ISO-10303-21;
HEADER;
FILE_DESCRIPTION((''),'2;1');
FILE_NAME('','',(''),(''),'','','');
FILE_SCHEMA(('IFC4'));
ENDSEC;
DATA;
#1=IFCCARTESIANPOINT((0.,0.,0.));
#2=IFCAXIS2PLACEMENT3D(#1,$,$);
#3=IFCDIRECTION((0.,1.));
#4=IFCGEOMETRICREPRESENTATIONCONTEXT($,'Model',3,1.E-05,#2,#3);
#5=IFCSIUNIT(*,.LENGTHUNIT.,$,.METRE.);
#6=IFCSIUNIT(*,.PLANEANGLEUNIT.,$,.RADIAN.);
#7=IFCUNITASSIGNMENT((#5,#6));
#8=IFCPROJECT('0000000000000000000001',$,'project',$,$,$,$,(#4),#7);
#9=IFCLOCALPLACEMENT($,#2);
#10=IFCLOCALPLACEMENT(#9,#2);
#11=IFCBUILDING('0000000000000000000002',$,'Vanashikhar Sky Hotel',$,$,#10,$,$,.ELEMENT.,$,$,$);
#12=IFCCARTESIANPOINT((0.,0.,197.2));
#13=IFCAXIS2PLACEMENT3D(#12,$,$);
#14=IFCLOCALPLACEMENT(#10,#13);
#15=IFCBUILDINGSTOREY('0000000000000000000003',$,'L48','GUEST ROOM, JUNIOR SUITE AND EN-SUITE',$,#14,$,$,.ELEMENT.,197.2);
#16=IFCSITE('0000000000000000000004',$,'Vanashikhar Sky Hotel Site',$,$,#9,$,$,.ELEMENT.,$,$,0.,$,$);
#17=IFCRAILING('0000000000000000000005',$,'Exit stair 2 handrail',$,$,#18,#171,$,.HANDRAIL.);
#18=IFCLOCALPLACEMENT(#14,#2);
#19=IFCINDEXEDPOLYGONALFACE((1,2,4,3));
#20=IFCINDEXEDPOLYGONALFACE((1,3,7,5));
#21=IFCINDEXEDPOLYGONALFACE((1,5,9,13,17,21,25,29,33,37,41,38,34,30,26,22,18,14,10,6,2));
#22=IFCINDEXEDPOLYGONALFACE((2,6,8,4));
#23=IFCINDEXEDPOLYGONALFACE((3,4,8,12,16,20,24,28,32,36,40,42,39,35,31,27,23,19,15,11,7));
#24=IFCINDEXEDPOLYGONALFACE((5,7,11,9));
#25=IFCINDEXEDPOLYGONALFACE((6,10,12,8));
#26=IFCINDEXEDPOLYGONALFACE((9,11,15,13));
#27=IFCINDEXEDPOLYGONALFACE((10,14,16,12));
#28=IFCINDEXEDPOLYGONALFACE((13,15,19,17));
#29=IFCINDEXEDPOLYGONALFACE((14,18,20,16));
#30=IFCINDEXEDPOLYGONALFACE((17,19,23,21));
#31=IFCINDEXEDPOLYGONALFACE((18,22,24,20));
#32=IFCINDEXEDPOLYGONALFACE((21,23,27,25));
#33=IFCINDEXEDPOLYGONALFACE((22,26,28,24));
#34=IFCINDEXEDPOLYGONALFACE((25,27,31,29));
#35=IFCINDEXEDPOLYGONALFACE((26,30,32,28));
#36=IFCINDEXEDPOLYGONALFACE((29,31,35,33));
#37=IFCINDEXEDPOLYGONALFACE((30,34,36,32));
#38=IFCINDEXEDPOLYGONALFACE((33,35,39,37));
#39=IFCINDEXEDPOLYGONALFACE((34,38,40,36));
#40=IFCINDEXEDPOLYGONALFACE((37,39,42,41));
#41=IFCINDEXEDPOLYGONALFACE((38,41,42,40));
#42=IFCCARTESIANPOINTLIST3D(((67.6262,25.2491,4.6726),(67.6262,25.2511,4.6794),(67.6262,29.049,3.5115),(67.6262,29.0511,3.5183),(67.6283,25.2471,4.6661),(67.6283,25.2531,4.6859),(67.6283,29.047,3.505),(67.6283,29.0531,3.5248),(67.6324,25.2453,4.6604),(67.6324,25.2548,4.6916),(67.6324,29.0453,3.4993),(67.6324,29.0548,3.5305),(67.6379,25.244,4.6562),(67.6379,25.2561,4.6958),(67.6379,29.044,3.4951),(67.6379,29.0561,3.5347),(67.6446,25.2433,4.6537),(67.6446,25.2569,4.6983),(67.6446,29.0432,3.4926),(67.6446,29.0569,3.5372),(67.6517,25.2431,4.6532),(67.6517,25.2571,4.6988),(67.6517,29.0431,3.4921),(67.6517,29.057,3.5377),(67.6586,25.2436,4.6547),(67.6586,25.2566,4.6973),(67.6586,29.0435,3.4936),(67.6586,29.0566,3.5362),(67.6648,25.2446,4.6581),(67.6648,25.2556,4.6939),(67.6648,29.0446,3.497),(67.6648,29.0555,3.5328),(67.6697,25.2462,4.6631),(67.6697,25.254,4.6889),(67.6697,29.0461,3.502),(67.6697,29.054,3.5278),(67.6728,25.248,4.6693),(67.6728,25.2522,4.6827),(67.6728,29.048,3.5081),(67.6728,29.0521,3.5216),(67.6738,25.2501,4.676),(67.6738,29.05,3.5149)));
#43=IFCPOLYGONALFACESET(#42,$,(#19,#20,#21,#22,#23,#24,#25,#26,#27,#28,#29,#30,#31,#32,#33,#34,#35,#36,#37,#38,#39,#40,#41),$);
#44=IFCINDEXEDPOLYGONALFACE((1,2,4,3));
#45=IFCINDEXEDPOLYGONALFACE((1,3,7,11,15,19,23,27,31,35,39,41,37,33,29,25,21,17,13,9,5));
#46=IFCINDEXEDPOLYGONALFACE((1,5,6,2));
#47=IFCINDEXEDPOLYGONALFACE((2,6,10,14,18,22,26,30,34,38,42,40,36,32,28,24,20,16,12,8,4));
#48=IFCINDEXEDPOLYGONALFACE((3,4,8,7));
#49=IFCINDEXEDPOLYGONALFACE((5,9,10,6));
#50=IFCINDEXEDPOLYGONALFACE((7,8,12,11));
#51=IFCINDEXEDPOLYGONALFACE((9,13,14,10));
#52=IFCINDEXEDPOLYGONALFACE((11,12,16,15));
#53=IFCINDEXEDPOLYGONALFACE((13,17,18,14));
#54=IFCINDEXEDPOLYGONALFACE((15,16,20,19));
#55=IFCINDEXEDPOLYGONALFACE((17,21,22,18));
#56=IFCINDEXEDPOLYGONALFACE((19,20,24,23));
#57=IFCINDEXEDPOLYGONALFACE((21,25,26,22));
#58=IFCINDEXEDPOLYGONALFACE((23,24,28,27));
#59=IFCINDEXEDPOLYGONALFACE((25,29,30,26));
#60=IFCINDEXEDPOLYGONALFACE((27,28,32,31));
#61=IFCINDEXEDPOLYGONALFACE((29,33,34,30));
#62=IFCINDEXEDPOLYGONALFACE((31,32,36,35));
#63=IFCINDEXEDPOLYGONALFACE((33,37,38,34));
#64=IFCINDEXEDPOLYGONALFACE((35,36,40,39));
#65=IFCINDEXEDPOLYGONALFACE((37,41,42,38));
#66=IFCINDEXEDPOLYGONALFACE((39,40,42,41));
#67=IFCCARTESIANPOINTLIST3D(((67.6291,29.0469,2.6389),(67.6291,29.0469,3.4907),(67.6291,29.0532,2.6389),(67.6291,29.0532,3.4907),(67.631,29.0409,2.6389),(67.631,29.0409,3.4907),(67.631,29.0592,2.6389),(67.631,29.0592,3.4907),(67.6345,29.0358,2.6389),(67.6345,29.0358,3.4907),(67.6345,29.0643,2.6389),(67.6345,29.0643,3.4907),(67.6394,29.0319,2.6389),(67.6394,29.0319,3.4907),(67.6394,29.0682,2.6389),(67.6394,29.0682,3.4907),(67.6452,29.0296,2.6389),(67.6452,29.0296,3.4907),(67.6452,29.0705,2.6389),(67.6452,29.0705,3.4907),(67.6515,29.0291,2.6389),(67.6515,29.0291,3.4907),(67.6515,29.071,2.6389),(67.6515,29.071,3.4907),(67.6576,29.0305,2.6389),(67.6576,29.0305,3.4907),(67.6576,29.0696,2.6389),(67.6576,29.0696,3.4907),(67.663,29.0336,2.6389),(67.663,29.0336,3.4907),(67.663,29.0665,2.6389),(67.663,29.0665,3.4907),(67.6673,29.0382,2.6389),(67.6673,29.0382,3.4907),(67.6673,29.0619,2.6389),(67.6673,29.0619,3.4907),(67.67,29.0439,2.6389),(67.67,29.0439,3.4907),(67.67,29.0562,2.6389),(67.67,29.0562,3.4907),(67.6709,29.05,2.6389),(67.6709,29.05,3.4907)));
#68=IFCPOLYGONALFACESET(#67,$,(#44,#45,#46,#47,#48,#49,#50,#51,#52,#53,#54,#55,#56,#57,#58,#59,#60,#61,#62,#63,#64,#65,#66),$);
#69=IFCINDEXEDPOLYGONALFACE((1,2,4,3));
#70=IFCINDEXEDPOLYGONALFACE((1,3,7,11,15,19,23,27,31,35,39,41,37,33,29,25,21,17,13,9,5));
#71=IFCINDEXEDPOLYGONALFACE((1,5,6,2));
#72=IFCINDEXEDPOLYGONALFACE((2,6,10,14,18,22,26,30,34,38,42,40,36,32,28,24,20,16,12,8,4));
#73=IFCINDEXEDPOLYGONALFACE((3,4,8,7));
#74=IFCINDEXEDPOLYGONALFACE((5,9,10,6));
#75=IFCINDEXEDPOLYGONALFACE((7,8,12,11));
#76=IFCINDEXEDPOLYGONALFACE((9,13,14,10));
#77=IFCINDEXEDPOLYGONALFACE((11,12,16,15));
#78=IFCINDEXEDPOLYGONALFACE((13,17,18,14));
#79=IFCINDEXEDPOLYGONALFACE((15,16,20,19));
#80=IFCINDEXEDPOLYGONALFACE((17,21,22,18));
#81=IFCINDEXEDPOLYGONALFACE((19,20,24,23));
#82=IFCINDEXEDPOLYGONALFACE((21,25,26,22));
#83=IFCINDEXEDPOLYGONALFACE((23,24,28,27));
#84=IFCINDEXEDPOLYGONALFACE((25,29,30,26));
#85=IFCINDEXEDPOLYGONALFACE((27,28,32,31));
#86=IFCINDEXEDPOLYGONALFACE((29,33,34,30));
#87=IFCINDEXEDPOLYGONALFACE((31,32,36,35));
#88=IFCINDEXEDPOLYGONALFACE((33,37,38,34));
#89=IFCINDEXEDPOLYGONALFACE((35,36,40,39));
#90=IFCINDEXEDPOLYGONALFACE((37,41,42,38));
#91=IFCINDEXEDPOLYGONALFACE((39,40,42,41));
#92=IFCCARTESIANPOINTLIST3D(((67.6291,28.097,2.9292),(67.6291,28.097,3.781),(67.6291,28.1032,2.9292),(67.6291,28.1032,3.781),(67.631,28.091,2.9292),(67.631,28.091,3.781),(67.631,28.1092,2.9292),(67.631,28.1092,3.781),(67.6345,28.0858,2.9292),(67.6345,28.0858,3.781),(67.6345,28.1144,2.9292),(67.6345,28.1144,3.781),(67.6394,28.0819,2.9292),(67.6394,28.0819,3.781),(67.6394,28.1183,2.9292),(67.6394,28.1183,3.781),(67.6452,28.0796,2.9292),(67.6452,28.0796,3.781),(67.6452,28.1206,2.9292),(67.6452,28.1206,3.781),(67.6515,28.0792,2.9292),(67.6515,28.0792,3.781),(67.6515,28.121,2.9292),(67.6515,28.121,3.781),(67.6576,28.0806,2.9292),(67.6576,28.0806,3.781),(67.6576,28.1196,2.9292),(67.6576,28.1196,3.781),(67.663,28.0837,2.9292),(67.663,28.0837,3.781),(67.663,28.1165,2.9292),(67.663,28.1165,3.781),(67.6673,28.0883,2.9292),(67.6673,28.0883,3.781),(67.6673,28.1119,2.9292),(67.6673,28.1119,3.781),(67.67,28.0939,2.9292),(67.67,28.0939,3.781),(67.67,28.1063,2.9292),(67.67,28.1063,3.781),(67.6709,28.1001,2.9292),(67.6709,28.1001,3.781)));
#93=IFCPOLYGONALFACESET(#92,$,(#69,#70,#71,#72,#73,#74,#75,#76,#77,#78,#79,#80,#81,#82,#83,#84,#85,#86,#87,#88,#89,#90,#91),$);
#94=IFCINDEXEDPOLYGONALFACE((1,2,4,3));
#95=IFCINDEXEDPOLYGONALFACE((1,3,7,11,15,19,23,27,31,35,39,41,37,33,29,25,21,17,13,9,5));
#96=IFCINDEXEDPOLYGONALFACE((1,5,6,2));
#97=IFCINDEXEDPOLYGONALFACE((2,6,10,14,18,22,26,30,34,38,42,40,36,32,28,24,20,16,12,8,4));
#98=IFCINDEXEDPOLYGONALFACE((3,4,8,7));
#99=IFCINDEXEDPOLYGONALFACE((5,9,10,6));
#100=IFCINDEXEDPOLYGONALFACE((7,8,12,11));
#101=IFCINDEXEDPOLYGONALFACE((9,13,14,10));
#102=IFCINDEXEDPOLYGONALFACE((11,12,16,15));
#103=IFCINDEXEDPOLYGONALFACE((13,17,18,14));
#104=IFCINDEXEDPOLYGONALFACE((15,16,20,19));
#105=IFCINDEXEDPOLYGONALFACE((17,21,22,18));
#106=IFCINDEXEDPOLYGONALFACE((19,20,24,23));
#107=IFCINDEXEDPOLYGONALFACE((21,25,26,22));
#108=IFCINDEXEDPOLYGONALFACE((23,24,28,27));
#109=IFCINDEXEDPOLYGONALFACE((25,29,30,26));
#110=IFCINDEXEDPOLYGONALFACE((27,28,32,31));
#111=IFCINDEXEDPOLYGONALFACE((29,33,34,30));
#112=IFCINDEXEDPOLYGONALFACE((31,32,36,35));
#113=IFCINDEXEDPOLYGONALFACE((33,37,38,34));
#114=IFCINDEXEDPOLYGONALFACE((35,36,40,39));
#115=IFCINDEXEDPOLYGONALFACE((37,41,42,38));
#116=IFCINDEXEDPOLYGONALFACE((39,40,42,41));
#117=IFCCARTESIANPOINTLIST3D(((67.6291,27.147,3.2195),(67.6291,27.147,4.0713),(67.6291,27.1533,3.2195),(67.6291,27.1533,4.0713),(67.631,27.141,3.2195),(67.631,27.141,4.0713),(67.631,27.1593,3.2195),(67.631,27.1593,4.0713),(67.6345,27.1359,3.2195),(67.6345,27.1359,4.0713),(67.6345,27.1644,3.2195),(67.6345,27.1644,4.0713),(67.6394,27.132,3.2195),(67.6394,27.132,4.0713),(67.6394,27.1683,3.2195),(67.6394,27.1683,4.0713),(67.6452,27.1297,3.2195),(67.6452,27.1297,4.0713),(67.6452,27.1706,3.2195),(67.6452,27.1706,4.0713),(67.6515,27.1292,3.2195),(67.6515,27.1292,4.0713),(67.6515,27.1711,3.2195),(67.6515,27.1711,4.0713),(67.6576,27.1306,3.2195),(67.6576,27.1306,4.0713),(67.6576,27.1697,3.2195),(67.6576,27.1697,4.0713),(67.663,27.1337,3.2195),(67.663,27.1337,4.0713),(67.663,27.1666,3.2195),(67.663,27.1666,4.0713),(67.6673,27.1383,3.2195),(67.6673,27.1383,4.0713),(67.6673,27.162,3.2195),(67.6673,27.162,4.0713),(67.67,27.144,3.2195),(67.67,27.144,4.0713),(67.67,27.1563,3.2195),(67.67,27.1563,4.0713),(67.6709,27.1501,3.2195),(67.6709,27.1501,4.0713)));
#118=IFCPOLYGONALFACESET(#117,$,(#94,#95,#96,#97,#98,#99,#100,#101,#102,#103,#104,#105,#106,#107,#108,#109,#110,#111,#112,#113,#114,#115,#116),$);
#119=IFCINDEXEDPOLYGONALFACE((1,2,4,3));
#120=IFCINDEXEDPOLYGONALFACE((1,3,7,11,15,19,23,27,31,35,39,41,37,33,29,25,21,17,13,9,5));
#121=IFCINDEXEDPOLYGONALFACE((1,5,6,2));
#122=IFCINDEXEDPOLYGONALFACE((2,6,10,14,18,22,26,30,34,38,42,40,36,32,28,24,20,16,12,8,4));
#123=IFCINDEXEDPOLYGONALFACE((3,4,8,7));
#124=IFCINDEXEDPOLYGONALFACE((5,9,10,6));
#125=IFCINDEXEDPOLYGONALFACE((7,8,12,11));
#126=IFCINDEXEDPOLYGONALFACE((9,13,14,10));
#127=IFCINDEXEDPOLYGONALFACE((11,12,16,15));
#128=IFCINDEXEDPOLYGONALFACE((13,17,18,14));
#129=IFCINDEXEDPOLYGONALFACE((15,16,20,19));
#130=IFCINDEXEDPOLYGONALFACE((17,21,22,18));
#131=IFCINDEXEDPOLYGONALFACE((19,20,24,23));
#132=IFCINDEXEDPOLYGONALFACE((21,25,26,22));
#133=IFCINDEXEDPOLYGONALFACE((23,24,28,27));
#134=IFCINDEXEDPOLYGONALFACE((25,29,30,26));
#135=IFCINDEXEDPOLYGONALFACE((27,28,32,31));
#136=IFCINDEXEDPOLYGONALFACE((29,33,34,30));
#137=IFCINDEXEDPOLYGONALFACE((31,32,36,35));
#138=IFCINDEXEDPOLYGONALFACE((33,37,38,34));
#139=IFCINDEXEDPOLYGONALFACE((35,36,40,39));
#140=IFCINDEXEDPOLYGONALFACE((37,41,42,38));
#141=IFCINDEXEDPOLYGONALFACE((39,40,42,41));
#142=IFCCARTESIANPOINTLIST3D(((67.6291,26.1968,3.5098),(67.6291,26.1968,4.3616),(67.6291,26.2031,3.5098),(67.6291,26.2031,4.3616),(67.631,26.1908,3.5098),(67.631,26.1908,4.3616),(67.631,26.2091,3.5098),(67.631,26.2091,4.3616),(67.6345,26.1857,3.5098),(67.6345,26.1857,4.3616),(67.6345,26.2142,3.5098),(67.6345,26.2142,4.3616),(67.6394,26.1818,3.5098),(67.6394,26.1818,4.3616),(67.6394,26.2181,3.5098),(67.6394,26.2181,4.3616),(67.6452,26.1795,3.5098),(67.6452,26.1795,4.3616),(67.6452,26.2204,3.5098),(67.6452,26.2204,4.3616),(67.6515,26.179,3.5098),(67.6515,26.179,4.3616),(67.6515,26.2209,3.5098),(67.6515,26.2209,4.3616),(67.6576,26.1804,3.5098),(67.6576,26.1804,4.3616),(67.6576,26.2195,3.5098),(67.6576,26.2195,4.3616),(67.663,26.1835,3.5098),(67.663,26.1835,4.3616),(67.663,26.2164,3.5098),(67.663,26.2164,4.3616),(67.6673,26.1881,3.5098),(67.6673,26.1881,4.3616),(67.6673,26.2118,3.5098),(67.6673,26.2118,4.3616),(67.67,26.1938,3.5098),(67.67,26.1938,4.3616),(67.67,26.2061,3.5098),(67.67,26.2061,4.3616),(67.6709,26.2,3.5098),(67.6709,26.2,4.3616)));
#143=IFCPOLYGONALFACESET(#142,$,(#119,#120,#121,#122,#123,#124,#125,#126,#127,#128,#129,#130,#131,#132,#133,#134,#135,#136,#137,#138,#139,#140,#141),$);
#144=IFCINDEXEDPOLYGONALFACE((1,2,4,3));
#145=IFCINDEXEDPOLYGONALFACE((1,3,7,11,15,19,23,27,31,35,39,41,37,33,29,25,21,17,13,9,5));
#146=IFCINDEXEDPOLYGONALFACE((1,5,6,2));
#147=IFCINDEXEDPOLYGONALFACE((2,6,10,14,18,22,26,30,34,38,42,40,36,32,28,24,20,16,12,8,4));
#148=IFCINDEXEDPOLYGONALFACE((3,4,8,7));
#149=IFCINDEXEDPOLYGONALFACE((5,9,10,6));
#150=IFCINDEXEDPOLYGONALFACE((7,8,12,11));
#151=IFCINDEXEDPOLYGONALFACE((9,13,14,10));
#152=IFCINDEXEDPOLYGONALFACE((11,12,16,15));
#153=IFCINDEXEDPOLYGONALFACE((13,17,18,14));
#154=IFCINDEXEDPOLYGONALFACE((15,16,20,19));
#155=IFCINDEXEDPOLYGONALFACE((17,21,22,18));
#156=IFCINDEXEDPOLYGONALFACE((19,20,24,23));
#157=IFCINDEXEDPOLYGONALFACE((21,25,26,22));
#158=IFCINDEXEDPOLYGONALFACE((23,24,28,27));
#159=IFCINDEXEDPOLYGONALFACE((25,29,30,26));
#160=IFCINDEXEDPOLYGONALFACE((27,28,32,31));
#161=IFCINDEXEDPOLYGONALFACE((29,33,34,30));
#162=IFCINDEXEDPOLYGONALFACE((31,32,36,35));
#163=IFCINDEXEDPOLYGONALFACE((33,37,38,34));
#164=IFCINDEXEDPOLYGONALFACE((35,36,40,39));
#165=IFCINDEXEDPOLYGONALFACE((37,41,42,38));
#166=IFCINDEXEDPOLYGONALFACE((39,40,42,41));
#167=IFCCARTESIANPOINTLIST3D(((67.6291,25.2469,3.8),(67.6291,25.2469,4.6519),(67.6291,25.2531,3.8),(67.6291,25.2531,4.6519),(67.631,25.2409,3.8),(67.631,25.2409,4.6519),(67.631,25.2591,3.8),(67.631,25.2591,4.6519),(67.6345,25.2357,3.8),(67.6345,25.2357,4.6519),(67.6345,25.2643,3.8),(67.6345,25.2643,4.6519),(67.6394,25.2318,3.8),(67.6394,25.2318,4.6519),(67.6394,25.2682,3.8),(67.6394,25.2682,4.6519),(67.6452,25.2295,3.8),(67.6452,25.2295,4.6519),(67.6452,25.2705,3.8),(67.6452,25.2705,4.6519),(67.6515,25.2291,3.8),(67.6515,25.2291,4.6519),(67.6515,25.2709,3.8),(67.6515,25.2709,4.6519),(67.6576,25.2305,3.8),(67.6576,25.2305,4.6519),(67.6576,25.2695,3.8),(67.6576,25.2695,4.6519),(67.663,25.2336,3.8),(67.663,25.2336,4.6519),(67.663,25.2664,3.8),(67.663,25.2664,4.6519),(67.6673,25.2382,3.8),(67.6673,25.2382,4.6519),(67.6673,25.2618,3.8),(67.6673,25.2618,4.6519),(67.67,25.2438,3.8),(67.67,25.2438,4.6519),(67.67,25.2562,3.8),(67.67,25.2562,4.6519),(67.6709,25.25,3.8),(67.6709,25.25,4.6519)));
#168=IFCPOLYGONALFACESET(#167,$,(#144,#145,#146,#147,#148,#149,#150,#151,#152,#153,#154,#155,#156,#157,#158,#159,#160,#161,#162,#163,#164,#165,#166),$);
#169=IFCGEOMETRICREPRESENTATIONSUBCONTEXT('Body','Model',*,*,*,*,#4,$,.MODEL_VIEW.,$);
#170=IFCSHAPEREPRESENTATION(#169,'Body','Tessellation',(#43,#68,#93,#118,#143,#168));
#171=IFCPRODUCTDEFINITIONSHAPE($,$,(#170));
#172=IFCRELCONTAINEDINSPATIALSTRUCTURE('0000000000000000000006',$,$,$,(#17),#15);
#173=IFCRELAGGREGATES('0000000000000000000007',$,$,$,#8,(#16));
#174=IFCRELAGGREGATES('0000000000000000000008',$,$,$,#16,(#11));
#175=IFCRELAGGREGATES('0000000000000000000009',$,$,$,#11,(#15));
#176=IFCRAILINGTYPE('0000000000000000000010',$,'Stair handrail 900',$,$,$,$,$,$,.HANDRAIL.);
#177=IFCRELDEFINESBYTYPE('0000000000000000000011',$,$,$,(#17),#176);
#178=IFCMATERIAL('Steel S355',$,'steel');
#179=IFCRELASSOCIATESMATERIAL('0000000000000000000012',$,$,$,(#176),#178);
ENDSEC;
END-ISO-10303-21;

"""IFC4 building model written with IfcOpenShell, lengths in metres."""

from ifc_helpers import new_model, si_unit, direction, frame, origin, origin_2d, place, context, subcontext, project, spatial, circle, extrude, source, transform, mapped, material, type_object, element, save


model = new_model("IFC4")

# Units and contexts
model_context = context("Model", 3, precision=1e-05, world=origin(), true_north=direction((0.0, 1.0)))
body_context = subcontext(model_context, "Body", "Model", "MODEL_VIEW")
ifc_project = project(units=[si_unit("LENGTHUNIT", "METRE"), si_unit("PLANEANGLEUNIT", "RADIAN")], contexts=[model_context])

# Site, building, storey
site_placement = place(None, origin())
site = spatial("IfcSite", under=ifc_project, at=site_placement, Name="Vanashikhar Sky Hotel Site", CompositionType="ELEMENT", RefElevation=0.0)
building_placement = place(site_placement, origin())
building = spatial("IfcBuilding", under=site, at=building_placement, Name="Vanashikhar Sky Hotel", CompositionType="ELEMENT")
storey_placement = place(building_placement, frame((0.0, 0.0, 197.2)))
storey = spatial("IfcBuildingStorey", under=building, at=storey_placement, Name="L48", Description="GUEST ROOM, JUNIOR SUITE AND EN-SUITE", CompositionType="ELEMENT", Elevation=197.2)

# Railing
ifc_material_1 = material(Name="Steel S355", Category="steel")
railing_type_1 = type_object("IfcRailingType", Name="Stair handrail 900", PredefinedType="HANDRAIL", material=ifc_material_1)
shared_shape_1 = source(origin(), body_context, "Body", "SweptSolid", [
    extrude(circle(Radius=0.0239, at=origin_2d()), frame((0.0, 0.0, 0.876), z_axis=(0.0, -0.956351, 0.29222), x_axis=(1.0, 0.0, 0.0)), (0.0, 0.0, 1.0), 3.9734),
    extrude(circle(Radius=0.021, at=origin_2d()), origin(), (0.0, 0.0, 1.0), 0.8518),
    extrude(circle(Radius=0.021, at=origin_2d()), frame((0.0, -0.95, 0.2903)), (0.0, 0.0, 1.0), 0.8518),
    extrude(circle(Radius=0.021, at=origin_2d()), frame((0.0, -1.8999, 0.5806)), (0.0, 0.0, 1.0), 0.8518),
    extrude(circle(Radius=0.021, at=origin_2d()), frame((0.0, -2.8501, 0.8708)), (0.0, 0.0, 1.0), 0.8518),
    extrude(circle(Radius=0.021, at=origin_2d()), frame((0.0, -3.8, 1.1611)), (0.0, 0.0, 1.0), 0.8518),
])
for number, where, name in (
    (1, (67.6499, 29.05, 2.6389), "Exit stair 2 handrail"),
):
    element("IfcRailing", number, at=place(storey_placement, frame(where)), inside=storey, type_object=railing_type_1, Name=name, PredefinedType="HANDRAIL", context=body_context, shape_type="MappedRepresentation", body=[
        mapped(shared_shape_1, transform((0.0, 0.0, 0.0), scale=1.0)),
    ])

save(model, "model.ifc")
